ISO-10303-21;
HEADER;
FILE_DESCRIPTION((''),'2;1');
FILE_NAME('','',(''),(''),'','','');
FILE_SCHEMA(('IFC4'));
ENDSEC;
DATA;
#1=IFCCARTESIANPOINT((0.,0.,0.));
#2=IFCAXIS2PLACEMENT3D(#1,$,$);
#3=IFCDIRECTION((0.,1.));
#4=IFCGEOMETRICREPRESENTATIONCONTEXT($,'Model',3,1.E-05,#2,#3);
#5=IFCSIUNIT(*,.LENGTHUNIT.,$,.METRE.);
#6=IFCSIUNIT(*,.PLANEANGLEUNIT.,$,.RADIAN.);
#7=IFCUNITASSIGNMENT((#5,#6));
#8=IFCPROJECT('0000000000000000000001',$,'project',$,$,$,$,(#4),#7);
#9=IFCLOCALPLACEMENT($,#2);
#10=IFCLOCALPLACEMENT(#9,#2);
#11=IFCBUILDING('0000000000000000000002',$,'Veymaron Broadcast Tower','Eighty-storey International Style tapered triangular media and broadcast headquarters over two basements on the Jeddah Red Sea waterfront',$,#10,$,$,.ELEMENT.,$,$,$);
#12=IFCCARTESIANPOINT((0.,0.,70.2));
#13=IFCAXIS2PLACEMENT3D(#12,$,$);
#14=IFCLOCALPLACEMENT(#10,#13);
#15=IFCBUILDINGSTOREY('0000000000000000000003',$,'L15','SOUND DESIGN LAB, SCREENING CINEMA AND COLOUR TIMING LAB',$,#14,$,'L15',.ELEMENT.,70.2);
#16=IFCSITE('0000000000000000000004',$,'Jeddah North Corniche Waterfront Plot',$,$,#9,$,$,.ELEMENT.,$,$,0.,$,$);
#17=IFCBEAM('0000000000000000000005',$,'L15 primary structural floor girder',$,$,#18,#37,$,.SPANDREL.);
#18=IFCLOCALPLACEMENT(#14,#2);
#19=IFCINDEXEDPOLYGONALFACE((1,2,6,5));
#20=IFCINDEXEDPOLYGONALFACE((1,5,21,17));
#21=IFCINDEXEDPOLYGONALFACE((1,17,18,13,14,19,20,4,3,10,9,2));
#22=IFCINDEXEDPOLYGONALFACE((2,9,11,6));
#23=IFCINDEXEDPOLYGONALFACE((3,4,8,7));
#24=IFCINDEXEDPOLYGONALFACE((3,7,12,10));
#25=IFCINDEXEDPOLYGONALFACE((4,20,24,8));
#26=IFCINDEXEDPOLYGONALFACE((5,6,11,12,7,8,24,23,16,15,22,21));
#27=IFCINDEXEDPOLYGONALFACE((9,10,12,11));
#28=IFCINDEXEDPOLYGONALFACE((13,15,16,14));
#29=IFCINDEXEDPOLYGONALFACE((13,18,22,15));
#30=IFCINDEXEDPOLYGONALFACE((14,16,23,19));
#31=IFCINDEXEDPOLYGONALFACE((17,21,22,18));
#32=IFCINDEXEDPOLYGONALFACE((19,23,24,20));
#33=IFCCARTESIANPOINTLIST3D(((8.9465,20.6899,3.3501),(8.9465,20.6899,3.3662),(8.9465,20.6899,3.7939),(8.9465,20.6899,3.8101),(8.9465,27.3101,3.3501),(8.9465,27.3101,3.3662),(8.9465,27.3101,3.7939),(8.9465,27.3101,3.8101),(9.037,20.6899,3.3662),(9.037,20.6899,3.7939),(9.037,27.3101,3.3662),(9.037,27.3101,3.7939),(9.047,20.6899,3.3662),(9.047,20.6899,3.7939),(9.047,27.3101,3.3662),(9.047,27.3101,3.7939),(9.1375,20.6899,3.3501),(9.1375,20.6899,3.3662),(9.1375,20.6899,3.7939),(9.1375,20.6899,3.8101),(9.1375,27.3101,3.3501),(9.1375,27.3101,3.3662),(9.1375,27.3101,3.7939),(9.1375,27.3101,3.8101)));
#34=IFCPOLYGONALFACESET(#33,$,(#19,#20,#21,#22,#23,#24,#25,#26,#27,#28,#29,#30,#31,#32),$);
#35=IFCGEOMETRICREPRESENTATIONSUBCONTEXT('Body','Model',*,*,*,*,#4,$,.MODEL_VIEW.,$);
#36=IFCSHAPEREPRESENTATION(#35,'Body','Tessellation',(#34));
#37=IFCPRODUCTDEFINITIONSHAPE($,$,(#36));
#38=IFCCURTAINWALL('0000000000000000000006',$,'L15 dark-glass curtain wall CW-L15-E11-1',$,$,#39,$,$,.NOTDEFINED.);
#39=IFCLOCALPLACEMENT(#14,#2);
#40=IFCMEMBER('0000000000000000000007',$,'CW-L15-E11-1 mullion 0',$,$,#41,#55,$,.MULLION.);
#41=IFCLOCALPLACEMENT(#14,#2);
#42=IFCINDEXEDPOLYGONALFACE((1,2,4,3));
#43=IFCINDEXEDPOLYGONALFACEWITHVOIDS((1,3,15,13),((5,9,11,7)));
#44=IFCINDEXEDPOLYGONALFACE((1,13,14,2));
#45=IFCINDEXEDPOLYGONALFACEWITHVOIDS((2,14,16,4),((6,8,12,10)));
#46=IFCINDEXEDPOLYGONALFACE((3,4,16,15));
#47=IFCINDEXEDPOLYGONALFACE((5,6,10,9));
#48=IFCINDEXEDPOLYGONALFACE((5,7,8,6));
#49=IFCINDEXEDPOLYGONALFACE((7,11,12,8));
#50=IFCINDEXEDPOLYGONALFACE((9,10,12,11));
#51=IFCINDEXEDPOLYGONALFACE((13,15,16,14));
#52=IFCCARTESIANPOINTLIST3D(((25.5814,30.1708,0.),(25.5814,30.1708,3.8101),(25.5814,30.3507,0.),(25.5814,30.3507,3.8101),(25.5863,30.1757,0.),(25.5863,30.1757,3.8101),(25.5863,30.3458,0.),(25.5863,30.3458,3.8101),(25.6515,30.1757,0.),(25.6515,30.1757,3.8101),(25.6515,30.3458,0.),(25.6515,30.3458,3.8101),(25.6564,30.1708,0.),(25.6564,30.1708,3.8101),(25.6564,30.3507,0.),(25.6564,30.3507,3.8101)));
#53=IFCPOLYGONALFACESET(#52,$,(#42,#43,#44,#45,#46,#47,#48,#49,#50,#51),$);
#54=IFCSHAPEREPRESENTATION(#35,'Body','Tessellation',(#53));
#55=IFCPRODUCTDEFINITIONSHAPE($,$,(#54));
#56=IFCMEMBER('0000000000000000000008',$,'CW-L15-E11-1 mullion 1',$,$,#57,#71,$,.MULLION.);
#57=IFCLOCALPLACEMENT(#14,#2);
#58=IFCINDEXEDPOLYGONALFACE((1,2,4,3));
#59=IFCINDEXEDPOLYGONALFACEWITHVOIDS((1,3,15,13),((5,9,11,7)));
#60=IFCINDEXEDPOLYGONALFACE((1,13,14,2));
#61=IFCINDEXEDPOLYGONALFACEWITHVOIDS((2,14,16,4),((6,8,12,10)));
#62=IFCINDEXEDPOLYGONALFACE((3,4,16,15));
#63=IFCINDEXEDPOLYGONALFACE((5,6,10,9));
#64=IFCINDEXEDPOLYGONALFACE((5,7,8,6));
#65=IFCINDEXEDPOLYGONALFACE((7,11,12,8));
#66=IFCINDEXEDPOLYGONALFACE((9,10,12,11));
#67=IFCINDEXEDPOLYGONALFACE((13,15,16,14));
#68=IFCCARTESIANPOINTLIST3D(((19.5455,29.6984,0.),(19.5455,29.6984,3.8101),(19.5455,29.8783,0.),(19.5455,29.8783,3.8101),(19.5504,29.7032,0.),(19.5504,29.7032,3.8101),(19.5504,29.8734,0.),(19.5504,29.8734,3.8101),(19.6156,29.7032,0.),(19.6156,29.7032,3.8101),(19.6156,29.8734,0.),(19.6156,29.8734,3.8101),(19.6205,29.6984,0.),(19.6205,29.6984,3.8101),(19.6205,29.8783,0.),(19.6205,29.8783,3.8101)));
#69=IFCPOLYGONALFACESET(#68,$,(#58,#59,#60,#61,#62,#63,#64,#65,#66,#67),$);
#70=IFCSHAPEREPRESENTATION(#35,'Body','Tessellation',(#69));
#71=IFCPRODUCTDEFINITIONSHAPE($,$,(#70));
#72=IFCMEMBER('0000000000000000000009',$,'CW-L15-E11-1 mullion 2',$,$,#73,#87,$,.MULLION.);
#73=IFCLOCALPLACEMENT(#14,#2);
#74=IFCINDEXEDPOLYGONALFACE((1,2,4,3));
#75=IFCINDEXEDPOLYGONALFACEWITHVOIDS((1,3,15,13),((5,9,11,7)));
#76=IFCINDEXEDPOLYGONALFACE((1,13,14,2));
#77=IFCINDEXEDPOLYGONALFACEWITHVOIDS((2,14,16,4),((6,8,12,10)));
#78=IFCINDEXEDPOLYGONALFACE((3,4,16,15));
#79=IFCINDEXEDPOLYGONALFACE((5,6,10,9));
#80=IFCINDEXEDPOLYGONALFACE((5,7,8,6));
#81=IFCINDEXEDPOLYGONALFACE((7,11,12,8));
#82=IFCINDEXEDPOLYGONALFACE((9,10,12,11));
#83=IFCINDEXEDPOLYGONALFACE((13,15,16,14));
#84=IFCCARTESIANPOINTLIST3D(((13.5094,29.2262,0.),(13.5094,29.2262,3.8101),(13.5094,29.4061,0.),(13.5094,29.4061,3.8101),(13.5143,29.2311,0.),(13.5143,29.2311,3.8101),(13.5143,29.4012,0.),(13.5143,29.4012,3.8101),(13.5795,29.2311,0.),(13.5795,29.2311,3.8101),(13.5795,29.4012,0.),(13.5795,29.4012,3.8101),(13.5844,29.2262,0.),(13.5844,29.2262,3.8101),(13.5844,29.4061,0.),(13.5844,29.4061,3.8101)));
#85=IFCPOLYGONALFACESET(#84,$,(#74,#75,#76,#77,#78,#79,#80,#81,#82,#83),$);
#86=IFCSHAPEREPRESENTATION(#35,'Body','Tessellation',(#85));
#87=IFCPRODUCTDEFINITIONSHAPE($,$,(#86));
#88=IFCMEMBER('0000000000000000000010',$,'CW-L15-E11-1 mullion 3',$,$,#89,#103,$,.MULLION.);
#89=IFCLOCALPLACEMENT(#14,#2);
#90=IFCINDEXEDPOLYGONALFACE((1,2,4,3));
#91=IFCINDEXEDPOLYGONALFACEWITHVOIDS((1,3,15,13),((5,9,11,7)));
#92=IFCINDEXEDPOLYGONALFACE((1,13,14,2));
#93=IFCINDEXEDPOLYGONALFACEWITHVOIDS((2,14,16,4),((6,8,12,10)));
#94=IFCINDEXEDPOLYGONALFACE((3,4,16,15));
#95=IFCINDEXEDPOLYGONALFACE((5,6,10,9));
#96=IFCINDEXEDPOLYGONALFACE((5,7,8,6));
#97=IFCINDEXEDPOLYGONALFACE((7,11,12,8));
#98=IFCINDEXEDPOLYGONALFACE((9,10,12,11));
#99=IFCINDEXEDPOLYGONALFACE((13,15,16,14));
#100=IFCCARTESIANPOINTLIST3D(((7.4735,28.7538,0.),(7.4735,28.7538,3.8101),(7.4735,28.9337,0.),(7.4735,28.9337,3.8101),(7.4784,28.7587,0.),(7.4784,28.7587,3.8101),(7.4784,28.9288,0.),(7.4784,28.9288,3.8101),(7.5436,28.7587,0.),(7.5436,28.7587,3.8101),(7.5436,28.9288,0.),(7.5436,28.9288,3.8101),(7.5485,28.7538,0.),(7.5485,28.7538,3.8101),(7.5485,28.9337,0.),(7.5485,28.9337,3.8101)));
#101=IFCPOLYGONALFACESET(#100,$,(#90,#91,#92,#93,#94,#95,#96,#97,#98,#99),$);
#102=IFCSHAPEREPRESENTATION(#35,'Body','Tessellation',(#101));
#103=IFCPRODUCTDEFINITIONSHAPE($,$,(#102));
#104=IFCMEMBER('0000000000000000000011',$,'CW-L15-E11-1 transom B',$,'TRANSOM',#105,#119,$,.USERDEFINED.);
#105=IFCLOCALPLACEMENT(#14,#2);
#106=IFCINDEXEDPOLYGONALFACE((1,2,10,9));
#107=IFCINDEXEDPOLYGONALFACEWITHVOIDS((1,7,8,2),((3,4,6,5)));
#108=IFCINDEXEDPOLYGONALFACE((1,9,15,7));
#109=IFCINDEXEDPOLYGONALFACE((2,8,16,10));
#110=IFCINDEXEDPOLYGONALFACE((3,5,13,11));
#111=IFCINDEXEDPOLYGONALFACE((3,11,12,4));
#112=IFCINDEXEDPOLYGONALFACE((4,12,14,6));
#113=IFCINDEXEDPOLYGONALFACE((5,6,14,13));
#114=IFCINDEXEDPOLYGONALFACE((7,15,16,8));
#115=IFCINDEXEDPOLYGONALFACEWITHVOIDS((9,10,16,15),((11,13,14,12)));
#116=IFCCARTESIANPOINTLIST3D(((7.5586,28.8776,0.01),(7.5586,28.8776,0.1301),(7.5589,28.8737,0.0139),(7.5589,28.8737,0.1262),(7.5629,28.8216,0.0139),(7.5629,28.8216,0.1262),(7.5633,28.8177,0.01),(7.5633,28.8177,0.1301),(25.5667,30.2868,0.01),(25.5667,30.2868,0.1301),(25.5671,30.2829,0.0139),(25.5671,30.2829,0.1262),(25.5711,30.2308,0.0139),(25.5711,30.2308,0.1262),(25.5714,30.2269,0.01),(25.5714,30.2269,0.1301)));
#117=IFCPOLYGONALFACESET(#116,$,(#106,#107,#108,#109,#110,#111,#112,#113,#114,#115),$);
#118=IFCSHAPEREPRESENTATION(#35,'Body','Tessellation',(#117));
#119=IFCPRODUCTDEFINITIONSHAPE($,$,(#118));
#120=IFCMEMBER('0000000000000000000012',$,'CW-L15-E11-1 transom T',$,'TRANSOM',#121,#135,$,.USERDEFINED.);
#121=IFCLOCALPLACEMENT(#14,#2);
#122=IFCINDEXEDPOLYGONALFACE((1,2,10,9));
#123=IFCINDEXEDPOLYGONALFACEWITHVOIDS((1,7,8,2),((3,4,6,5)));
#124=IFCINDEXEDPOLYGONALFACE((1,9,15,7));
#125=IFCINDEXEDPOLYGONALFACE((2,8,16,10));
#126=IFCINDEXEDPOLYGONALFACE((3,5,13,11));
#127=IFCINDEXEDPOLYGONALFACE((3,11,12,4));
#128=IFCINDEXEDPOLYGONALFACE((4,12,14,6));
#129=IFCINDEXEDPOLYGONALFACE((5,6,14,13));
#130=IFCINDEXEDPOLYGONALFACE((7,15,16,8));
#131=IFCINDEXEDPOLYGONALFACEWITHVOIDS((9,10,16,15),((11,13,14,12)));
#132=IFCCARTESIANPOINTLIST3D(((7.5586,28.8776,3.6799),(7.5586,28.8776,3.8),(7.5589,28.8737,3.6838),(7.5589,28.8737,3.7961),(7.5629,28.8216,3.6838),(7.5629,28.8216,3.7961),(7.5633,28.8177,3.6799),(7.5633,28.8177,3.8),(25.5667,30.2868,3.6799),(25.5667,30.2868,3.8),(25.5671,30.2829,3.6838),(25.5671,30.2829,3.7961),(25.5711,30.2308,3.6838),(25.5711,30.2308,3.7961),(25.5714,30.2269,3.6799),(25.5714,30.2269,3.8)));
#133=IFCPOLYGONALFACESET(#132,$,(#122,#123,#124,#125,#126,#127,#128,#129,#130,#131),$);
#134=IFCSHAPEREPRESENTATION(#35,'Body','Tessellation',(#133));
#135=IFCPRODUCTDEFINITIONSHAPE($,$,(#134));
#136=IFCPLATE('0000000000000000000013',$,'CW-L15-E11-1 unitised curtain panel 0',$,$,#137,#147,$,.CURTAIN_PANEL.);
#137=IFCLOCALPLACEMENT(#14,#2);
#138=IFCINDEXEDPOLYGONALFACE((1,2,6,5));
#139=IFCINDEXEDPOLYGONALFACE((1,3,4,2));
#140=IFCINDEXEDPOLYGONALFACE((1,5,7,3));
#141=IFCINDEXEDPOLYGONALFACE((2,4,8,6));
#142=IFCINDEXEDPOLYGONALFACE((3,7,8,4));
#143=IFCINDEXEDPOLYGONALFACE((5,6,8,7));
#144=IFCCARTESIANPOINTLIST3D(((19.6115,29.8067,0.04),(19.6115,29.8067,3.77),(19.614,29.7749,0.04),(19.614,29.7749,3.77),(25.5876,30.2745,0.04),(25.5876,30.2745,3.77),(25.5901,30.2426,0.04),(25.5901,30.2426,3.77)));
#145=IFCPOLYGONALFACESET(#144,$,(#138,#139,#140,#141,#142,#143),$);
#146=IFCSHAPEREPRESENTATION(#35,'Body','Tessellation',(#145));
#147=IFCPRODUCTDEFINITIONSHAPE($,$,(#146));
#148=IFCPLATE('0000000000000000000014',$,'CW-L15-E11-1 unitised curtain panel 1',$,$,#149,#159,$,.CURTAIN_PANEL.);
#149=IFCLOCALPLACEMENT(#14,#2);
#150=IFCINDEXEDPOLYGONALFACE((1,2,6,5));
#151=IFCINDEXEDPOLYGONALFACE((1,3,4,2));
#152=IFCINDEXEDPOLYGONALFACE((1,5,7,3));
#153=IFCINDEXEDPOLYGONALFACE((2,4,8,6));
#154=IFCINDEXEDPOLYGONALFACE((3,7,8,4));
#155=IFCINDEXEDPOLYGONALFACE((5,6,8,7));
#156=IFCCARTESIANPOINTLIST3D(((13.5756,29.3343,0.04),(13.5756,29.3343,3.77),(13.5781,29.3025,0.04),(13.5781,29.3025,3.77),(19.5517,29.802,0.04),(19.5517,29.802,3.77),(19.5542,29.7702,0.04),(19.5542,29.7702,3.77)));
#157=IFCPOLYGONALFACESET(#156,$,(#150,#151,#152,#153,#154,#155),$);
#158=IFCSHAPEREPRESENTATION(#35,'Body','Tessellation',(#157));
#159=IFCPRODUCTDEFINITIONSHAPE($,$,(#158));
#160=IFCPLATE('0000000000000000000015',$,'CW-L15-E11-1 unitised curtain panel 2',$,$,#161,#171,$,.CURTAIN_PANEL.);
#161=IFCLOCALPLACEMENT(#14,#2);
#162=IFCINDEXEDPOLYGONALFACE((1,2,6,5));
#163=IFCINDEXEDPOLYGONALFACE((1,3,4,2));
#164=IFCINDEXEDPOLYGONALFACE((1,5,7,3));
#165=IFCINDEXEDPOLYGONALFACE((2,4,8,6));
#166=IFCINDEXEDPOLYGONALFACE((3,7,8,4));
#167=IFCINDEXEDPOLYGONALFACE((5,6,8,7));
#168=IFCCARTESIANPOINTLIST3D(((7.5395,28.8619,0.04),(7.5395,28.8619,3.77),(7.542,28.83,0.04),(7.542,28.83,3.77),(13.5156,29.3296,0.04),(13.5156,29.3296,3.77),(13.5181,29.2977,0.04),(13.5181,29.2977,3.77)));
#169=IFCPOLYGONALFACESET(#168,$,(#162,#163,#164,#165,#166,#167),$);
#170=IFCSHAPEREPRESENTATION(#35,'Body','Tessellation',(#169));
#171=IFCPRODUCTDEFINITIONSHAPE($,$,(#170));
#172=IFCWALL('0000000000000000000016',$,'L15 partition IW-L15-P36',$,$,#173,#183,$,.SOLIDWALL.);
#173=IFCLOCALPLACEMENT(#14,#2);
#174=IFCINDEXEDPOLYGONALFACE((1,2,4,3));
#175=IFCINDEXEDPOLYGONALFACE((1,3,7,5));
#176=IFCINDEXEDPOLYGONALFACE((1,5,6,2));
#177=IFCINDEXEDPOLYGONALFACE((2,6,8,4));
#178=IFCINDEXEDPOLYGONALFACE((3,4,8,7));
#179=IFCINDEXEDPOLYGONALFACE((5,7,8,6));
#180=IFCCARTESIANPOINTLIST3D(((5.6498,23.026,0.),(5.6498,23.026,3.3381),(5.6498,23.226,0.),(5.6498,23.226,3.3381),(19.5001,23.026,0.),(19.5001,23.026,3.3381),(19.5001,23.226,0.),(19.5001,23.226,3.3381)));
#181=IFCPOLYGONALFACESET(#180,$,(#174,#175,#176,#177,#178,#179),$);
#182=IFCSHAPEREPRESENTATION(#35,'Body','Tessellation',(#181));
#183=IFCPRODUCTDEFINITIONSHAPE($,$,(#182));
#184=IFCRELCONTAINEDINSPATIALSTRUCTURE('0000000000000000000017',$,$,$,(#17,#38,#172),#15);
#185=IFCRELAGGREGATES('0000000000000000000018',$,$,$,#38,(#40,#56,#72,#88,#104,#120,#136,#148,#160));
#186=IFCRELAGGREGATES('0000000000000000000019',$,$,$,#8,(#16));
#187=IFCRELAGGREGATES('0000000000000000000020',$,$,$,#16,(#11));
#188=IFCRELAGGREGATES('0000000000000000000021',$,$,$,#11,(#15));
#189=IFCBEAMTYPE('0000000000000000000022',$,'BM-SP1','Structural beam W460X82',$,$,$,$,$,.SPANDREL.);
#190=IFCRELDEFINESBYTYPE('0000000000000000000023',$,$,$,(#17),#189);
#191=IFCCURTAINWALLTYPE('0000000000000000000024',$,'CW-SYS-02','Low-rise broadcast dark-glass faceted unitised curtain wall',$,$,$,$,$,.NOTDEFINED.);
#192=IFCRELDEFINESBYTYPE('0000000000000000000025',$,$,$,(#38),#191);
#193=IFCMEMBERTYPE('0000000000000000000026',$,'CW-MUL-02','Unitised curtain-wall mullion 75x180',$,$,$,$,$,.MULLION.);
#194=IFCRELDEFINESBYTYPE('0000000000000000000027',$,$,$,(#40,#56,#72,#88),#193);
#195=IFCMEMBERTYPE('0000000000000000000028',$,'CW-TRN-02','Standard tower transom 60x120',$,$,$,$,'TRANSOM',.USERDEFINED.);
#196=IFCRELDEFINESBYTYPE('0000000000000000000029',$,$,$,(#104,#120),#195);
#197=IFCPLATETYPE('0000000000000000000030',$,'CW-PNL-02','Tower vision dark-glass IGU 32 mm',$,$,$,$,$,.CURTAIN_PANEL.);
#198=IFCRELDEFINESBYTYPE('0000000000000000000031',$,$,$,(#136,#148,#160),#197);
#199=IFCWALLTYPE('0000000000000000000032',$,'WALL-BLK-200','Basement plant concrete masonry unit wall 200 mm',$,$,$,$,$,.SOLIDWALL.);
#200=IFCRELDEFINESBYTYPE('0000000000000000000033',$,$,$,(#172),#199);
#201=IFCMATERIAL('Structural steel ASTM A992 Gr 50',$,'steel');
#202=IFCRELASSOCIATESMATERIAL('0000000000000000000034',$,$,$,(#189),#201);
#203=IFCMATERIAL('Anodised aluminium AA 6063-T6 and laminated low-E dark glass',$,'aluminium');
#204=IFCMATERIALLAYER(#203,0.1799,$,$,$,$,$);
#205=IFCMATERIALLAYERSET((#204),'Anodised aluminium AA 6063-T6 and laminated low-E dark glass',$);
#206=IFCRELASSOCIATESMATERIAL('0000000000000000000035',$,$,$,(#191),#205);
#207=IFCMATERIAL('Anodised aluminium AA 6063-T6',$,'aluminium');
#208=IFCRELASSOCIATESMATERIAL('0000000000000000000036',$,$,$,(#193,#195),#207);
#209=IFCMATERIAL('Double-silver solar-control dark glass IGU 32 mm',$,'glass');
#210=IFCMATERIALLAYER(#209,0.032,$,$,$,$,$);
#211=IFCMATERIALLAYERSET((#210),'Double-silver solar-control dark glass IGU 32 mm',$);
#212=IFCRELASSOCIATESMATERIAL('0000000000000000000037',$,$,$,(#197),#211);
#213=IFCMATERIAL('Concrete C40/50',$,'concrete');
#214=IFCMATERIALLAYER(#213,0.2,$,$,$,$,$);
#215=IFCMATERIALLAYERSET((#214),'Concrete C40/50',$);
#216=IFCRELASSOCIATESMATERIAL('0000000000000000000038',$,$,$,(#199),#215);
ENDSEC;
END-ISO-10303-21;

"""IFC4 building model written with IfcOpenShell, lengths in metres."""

from ifc_helpers import new_model, si_unit, direction, frame, frame_2d, origin, origin_2d, place, context, subcontext, project, spatial, rectangle, hollow_rectangle, i_section, extrude, material, layer, layer_set, material_profile, profile_set, type_object, element, aggregate, save


model = new_model("IFC4")

# Units and contexts
model_context = context("Model", 3, precision=1e-05, world=origin(), true_north=direction((0.0, 1.0)))
body_context = subcontext(model_context, "Body", "Model", "MODEL_VIEW")
ifc_project = project(units=[si_unit("LENGTHUNIT", "METRE"), si_unit("PLANEANGLEUNIT", "RADIAN")], contexts=[model_context])

# Site, building, storey
site_placement = place(None, origin())
site = spatial("IfcSite", under=ifc_project, at=site_placement, Name="Jeddah North Corniche Waterfront Plot", CompositionType="ELEMENT", RefElevation=0.0)
building_placement = place(site_placement, origin())
building = spatial("IfcBuilding", under=site, at=building_placement, Name="Veymaron Broadcast Tower", Description="Eighty-storey International Style tapered triangular media and broadcast headquarters over two basements on the Jeddah Red Sea waterfront", CompositionType="ELEMENT")
storey_placement = place(building_placement, frame((0.0, 0.0, 70.2)))
storey = spatial("IfcBuildingStorey", under=building, at=storey_placement, Name="L15", Description="SOUND DESIGN LAB, SCREENING CINEMA AND COLOUR TIMING LAB", LongName="L15", CompositionType="ELEMENT", Elevation=70.2)

# Beam
ifc_material_1 = material(Name="Structural steel ASTM A992 Gr 50", Category="steel")
ifc_material_profile_1 = material_profile(ifc_material_1, i_section(OverallWidth=0.1909, OverallDepth=0.46, WebThickness=0.01, FlangeThickness=0.0161, at=origin_2d()), Name="W460X82")
ifc_profile_set_1 = profile_set([ifc_material_profile_1], Name="Structural steel ASTM A992 Gr 50")
beam_type_1 = type_object("IfcBeamType", Name="BM-SP1", Description="Structural beam W460X82", PredefinedType="SPANDREL", material=ifc_profile_set_1)
beam_1_placement = place(storey_placement, frame((9.042, 20.6899, 3.5801), z_axis=(0.0, 1.0, 0.0), x_axis=(-1.0, 0.0, 0.0)))
element("IfcBeam", 1, at=beam_1_placement, inside=storey, type_object=beam_type_1, Name="L15 primary structural floor girder", PredefinedType="SPANDREL", context=body_context, shape_type="SweptSolid", body=[
    extrude(i_section(OverallWidth=0.1909, OverallDepth=0.46, WebThickness=0.01, FlangeThickness=0.0161, at=origin_2d()), origin(), (0.0, 0.0, 1.0), 6.6201),
])

# Curtain wall, members, plates
ifc_material_2 = material(Name="Anodised aluminium AA 6063-T6 and laminated low-E dark glass", Category="aluminium")
ifc_layer_1 = layer(ifc_material_2, 0.1799)
ifc_layer_set_1 = layer_set([ifc_layer_1], Name="Anodised aluminium AA 6063-T6 and laminated low-E dark glass")
curtain_wall_type = type_object("IfcCurtainWallType", Name="CW-SYS-02", Description="Low-rise broadcast dark-glass faceted unitised curtain wall", PredefinedType="NOTDEFINED", material=ifc_layer_set_1)
curtain_wall_placement = place(storey_placement, origin())
curtain_wall = element("IfcCurtainWall", 2, at=curtain_wall_placement, inside=storey, type_object=curtain_wall_type, Name="L15 dark-glass curtain wall CW-L15-E11-1", PredefinedType="NOTDEFINED")
ifc_material_3 = material(Name="Anodised aluminium AA 6063-T6", Category="aluminium")
ifc_material_profile_2 = material_profile(ifc_material_3, hollow_rectangle(XDim=0.075, YDim=0.1799, WallThickness=0.0049, at=origin_2d()), Name="AL180X75X5")
ifc_profile_set_2 = profile_set([ifc_material_profile_2], Name="Anodised aluminium AA 6063-T6")
member_type_1 = type_object("IfcMemberType", Name="CW-MUL-02", Description="Unitised curtain-wall mullion 75x180", PredefinedType="MULLION", material=ifc_profile_set_2)
member_1_placement = place(storey_placement, frame((25.6189, 30.2607, 0.0), z_axis=(0.0, 0.0, 1.0), x_axis=(1.0, 0.0, 0.0)))
member_1 = element("IfcMember", 3, at=member_1_placement, type_object=member_type_1, Name="CW-L15-E11-1 mullion 0", PredefinedType="MULLION", context=body_context, shape_type="SweptSolid", body=[
    extrude(hollow_rectangle(XDim=0.075, YDim=0.1799, WallThickness=0.0049, at=origin_2d()), origin(), (0.0, 0.0, 1.0), 3.8101),
])
member_2_placement = place(storey_placement, frame((19.583, 29.7883, 0.0), z_axis=(0.0, 0.0, 1.0), x_axis=(1.0, 0.0, 0.0)))
member_2 = element("IfcMember", 4, at=member_2_placement, type_object=member_type_1, Name="CW-L15-E11-1 mullion 1", PredefinedType="MULLION", context=body_context, shape_type="SweptSolid", body=[
    extrude(hollow_rectangle(XDim=0.075, YDim=0.1799, WallThickness=0.0049, at=origin_2d()), origin(), (0.0, 0.0, 1.0), 3.8101),
])
member_3_placement = place(storey_placement, frame((13.5469, 29.3162, 0.0), z_axis=(0.0, 0.0, 1.0), x_axis=(1.0, 0.0, 0.0)))
member_3 = element("IfcMember", 5, at=member_3_placement, type_object=member_type_1, Name="CW-L15-E11-1 mullion 2", PredefinedType="MULLION", context=body_context, shape_type="SweptSolid", body=[
    extrude(hollow_rectangle(XDim=0.075, YDim=0.1799, WallThickness=0.0049, at=origin_2d()), origin(), (0.0, 0.0, 1.0), 3.8101),
])
member_4_placement = place(storey_placement, frame((7.511, 28.8438, 0.0), z_axis=(0.0, 0.0, 1.0), x_axis=(1.0, 0.0, 0.0)))
member_4 = element("IfcMember", 6, at=member_4_placement, type_object=member_type_1, Name="CW-L15-E11-1 mullion 3", PredefinedType="MULLION", context=body_context, shape_type="SweptSolid", body=[
    extrude(hollow_rectangle(XDim=0.075, YDim=0.1799, WallThickness=0.0049, at=origin_2d()), origin(), (0.0, 0.0, 1.0), 3.8101),
])
ifc_material_profile_3 = material_profile(ifc_material_3, hollow_rectangle(XDim=0.0601, YDim=0.1201, WallThickness=0.0039, at=origin_2d()), Name="AL120X60X4")
ifc_profile_set_3 = profile_set([ifc_material_profile_3], Name="Anodised aluminium AA 6063-T6")
member_type_2 = type_object("IfcMemberType", Name="CW-TRN-02", Description="Standard tower transom 60x120", ElementType="TRANSOM", PredefinedType="USERDEFINED", material=ifc_profile_set_3)
member_5_placement = place(storey_placement, frame((25.5691, 30.2568, 0.0701), z_axis=(-0.996952, -0.078013, 0.0), x_axis=(0.078013, -0.996952, 0.0)))
member_5 = element("IfcMember", 7, at=member_5_placement, type_object=member_type_2, Name="CW-L15-E11-1 transom B", ObjectType="TRANSOM", PredefinedType="USERDEFINED", context=body_context, shape_type="SweptSolid", body=[
    extrude(hollow_rectangle(XDim=0.0601, YDim=0.1201, WallThickness=0.0039, at=origin_2d()), origin(), (0.0, 0.0, 1.0), 18.0632),
])
member_6_placement = place(storey_placement, frame((25.5691, 30.2568, 3.74), z_axis=(-0.996952, -0.078013, 0.0), x_axis=(0.078013, -0.996952, 0.0)))
member_6 = element("IfcMember", 8, at=member_6_placement, type_object=member_type_2, Name="CW-L15-E11-1 transom T", ObjectType="TRANSOM", PredefinedType="USERDEFINED", context=body_context, shape_type="SweptSolid", body=[
    extrude(hollow_rectangle(XDim=0.0601, YDim=0.1201, WallThickness=0.0039, at=origin_2d()), origin(), (0.0, 0.0, 1.0), 18.0632),
])
ifc_material_4 = material(Name="Double-silver solar-control dark glass IGU 32 mm", Category="glass")
ifc_layer_2 = layer(ifc_material_4, 0.032)
ifc_layer_set_2 = layer_set([ifc_layer_2], Name="Double-silver solar-control dark glass IGU 32 mm")
plate_type = type_object("IfcPlateType", Name="CW-PNL-02", Description="Tower vision dark-glass IGU 32 mm", PredefinedType="CURTAIN_PANEL", material=ifc_layer_set_2)
plate_1_placement = place(storey_placement, frame((22.6008, 30.0247, 0.04), z_axis=(0.0, 0.0, 1.0), x_axis=(-0.996951, -0.078024, 0.0)))
plate_1 = element("IfcPlate", 9, at=plate_1_placement, type_object=plate_type, Name="CW-L15-E11-1 unitised curtain panel 0", PredefinedType="CURTAIN_PANEL", context=body_context, shape_type="SweptSolid", body=[
    extrude(rectangle(XDim=5.9944, YDim=0.032, at=origin_2d()), origin(), (0.0, 0.0, 1.0), 3.73),
])
plate_2_placement = place(storey_placement, frame((16.5649, 29.5522, 0.04), z_axis=(0.0, 0.0, 1.0), x_axis=(-0.996951, -0.078024, 0.0)))
plate_2 = element("IfcPlate", 10, at=plate_2_placement, type_object=plate_type, Name="CW-L15-E11-1 unitised curtain panel 1", PredefinedType="CURTAIN_PANEL", context=body_context, shape_type="SweptSolid", body=[
    extrude(rectangle(XDim=5.9944, YDim=0.032, at=origin_2d()), origin(), (0.0, 0.0, 1.0), 3.73),
])
plate_3_placement = place(storey_placement, frame((10.5288, 29.0798, 0.04), z_axis=(0.0, 0.0, 1.0), x_axis=(-0.996951, -0.078024, 0.0)))
plate_3 = element("IfcPlate", 11, at=plate_3_placement, type_object=plate_type, Name="CW-L15-E11-1 unitised curtain panel 2", PredefinedType="CURTAIN_PANEL", context=body_context, shape_type="SweptSolid", body=[
    extrude(rectangle(XDim=5.9944, YDim=0.032, at=origin_2d()), origin(), (0.0, 0.0, 1.0), 3.73),
])
aggregate(curtain_wall, [member_1, member_2, member_3, member_4, member_5, member_6, plate_1, plate_2, plate_3])

# Wall
ifc_material_5 = material(Name="Concrete C40/50", Category="concrete")
ifc_layer_3 = layer(ifc_material_5, 0.2)
ifc_layer_set_3 = layer_set([ifc_layer_3], Name="Concrete C40/50")
wall_type_1 = type_object("IfcWallType", Name="WALL-BLK-200", Description="Basement plant concrete masonry unit wall 200 mm", PredefinedType="SOLIDWALL", material=ifc_layer_set_3)
wall_1_placement = place(storey_placement, frame((5.6497, 23.126, 0.0), z_axis=(0.0, 0.0, 1.0), x_axis=(1.0, 0.0, 0.0)))
element("IfcWall", 12, at=wall_1_placement, inside=storey, type_object=wall_type_1, Name="L15 partition IW-L15-P36", PredefinedType="SOLIDWALL", context=body_context, shape_type="SweptSolid", body=[
    extrude(rectangle(XDim=13.8503, YDim=0.2, at=frame_2d((6.9253, 0.0))), origin(), (0.0, 0.0, 1.0), 3.3381),
])

save(model, "model.ifc")
